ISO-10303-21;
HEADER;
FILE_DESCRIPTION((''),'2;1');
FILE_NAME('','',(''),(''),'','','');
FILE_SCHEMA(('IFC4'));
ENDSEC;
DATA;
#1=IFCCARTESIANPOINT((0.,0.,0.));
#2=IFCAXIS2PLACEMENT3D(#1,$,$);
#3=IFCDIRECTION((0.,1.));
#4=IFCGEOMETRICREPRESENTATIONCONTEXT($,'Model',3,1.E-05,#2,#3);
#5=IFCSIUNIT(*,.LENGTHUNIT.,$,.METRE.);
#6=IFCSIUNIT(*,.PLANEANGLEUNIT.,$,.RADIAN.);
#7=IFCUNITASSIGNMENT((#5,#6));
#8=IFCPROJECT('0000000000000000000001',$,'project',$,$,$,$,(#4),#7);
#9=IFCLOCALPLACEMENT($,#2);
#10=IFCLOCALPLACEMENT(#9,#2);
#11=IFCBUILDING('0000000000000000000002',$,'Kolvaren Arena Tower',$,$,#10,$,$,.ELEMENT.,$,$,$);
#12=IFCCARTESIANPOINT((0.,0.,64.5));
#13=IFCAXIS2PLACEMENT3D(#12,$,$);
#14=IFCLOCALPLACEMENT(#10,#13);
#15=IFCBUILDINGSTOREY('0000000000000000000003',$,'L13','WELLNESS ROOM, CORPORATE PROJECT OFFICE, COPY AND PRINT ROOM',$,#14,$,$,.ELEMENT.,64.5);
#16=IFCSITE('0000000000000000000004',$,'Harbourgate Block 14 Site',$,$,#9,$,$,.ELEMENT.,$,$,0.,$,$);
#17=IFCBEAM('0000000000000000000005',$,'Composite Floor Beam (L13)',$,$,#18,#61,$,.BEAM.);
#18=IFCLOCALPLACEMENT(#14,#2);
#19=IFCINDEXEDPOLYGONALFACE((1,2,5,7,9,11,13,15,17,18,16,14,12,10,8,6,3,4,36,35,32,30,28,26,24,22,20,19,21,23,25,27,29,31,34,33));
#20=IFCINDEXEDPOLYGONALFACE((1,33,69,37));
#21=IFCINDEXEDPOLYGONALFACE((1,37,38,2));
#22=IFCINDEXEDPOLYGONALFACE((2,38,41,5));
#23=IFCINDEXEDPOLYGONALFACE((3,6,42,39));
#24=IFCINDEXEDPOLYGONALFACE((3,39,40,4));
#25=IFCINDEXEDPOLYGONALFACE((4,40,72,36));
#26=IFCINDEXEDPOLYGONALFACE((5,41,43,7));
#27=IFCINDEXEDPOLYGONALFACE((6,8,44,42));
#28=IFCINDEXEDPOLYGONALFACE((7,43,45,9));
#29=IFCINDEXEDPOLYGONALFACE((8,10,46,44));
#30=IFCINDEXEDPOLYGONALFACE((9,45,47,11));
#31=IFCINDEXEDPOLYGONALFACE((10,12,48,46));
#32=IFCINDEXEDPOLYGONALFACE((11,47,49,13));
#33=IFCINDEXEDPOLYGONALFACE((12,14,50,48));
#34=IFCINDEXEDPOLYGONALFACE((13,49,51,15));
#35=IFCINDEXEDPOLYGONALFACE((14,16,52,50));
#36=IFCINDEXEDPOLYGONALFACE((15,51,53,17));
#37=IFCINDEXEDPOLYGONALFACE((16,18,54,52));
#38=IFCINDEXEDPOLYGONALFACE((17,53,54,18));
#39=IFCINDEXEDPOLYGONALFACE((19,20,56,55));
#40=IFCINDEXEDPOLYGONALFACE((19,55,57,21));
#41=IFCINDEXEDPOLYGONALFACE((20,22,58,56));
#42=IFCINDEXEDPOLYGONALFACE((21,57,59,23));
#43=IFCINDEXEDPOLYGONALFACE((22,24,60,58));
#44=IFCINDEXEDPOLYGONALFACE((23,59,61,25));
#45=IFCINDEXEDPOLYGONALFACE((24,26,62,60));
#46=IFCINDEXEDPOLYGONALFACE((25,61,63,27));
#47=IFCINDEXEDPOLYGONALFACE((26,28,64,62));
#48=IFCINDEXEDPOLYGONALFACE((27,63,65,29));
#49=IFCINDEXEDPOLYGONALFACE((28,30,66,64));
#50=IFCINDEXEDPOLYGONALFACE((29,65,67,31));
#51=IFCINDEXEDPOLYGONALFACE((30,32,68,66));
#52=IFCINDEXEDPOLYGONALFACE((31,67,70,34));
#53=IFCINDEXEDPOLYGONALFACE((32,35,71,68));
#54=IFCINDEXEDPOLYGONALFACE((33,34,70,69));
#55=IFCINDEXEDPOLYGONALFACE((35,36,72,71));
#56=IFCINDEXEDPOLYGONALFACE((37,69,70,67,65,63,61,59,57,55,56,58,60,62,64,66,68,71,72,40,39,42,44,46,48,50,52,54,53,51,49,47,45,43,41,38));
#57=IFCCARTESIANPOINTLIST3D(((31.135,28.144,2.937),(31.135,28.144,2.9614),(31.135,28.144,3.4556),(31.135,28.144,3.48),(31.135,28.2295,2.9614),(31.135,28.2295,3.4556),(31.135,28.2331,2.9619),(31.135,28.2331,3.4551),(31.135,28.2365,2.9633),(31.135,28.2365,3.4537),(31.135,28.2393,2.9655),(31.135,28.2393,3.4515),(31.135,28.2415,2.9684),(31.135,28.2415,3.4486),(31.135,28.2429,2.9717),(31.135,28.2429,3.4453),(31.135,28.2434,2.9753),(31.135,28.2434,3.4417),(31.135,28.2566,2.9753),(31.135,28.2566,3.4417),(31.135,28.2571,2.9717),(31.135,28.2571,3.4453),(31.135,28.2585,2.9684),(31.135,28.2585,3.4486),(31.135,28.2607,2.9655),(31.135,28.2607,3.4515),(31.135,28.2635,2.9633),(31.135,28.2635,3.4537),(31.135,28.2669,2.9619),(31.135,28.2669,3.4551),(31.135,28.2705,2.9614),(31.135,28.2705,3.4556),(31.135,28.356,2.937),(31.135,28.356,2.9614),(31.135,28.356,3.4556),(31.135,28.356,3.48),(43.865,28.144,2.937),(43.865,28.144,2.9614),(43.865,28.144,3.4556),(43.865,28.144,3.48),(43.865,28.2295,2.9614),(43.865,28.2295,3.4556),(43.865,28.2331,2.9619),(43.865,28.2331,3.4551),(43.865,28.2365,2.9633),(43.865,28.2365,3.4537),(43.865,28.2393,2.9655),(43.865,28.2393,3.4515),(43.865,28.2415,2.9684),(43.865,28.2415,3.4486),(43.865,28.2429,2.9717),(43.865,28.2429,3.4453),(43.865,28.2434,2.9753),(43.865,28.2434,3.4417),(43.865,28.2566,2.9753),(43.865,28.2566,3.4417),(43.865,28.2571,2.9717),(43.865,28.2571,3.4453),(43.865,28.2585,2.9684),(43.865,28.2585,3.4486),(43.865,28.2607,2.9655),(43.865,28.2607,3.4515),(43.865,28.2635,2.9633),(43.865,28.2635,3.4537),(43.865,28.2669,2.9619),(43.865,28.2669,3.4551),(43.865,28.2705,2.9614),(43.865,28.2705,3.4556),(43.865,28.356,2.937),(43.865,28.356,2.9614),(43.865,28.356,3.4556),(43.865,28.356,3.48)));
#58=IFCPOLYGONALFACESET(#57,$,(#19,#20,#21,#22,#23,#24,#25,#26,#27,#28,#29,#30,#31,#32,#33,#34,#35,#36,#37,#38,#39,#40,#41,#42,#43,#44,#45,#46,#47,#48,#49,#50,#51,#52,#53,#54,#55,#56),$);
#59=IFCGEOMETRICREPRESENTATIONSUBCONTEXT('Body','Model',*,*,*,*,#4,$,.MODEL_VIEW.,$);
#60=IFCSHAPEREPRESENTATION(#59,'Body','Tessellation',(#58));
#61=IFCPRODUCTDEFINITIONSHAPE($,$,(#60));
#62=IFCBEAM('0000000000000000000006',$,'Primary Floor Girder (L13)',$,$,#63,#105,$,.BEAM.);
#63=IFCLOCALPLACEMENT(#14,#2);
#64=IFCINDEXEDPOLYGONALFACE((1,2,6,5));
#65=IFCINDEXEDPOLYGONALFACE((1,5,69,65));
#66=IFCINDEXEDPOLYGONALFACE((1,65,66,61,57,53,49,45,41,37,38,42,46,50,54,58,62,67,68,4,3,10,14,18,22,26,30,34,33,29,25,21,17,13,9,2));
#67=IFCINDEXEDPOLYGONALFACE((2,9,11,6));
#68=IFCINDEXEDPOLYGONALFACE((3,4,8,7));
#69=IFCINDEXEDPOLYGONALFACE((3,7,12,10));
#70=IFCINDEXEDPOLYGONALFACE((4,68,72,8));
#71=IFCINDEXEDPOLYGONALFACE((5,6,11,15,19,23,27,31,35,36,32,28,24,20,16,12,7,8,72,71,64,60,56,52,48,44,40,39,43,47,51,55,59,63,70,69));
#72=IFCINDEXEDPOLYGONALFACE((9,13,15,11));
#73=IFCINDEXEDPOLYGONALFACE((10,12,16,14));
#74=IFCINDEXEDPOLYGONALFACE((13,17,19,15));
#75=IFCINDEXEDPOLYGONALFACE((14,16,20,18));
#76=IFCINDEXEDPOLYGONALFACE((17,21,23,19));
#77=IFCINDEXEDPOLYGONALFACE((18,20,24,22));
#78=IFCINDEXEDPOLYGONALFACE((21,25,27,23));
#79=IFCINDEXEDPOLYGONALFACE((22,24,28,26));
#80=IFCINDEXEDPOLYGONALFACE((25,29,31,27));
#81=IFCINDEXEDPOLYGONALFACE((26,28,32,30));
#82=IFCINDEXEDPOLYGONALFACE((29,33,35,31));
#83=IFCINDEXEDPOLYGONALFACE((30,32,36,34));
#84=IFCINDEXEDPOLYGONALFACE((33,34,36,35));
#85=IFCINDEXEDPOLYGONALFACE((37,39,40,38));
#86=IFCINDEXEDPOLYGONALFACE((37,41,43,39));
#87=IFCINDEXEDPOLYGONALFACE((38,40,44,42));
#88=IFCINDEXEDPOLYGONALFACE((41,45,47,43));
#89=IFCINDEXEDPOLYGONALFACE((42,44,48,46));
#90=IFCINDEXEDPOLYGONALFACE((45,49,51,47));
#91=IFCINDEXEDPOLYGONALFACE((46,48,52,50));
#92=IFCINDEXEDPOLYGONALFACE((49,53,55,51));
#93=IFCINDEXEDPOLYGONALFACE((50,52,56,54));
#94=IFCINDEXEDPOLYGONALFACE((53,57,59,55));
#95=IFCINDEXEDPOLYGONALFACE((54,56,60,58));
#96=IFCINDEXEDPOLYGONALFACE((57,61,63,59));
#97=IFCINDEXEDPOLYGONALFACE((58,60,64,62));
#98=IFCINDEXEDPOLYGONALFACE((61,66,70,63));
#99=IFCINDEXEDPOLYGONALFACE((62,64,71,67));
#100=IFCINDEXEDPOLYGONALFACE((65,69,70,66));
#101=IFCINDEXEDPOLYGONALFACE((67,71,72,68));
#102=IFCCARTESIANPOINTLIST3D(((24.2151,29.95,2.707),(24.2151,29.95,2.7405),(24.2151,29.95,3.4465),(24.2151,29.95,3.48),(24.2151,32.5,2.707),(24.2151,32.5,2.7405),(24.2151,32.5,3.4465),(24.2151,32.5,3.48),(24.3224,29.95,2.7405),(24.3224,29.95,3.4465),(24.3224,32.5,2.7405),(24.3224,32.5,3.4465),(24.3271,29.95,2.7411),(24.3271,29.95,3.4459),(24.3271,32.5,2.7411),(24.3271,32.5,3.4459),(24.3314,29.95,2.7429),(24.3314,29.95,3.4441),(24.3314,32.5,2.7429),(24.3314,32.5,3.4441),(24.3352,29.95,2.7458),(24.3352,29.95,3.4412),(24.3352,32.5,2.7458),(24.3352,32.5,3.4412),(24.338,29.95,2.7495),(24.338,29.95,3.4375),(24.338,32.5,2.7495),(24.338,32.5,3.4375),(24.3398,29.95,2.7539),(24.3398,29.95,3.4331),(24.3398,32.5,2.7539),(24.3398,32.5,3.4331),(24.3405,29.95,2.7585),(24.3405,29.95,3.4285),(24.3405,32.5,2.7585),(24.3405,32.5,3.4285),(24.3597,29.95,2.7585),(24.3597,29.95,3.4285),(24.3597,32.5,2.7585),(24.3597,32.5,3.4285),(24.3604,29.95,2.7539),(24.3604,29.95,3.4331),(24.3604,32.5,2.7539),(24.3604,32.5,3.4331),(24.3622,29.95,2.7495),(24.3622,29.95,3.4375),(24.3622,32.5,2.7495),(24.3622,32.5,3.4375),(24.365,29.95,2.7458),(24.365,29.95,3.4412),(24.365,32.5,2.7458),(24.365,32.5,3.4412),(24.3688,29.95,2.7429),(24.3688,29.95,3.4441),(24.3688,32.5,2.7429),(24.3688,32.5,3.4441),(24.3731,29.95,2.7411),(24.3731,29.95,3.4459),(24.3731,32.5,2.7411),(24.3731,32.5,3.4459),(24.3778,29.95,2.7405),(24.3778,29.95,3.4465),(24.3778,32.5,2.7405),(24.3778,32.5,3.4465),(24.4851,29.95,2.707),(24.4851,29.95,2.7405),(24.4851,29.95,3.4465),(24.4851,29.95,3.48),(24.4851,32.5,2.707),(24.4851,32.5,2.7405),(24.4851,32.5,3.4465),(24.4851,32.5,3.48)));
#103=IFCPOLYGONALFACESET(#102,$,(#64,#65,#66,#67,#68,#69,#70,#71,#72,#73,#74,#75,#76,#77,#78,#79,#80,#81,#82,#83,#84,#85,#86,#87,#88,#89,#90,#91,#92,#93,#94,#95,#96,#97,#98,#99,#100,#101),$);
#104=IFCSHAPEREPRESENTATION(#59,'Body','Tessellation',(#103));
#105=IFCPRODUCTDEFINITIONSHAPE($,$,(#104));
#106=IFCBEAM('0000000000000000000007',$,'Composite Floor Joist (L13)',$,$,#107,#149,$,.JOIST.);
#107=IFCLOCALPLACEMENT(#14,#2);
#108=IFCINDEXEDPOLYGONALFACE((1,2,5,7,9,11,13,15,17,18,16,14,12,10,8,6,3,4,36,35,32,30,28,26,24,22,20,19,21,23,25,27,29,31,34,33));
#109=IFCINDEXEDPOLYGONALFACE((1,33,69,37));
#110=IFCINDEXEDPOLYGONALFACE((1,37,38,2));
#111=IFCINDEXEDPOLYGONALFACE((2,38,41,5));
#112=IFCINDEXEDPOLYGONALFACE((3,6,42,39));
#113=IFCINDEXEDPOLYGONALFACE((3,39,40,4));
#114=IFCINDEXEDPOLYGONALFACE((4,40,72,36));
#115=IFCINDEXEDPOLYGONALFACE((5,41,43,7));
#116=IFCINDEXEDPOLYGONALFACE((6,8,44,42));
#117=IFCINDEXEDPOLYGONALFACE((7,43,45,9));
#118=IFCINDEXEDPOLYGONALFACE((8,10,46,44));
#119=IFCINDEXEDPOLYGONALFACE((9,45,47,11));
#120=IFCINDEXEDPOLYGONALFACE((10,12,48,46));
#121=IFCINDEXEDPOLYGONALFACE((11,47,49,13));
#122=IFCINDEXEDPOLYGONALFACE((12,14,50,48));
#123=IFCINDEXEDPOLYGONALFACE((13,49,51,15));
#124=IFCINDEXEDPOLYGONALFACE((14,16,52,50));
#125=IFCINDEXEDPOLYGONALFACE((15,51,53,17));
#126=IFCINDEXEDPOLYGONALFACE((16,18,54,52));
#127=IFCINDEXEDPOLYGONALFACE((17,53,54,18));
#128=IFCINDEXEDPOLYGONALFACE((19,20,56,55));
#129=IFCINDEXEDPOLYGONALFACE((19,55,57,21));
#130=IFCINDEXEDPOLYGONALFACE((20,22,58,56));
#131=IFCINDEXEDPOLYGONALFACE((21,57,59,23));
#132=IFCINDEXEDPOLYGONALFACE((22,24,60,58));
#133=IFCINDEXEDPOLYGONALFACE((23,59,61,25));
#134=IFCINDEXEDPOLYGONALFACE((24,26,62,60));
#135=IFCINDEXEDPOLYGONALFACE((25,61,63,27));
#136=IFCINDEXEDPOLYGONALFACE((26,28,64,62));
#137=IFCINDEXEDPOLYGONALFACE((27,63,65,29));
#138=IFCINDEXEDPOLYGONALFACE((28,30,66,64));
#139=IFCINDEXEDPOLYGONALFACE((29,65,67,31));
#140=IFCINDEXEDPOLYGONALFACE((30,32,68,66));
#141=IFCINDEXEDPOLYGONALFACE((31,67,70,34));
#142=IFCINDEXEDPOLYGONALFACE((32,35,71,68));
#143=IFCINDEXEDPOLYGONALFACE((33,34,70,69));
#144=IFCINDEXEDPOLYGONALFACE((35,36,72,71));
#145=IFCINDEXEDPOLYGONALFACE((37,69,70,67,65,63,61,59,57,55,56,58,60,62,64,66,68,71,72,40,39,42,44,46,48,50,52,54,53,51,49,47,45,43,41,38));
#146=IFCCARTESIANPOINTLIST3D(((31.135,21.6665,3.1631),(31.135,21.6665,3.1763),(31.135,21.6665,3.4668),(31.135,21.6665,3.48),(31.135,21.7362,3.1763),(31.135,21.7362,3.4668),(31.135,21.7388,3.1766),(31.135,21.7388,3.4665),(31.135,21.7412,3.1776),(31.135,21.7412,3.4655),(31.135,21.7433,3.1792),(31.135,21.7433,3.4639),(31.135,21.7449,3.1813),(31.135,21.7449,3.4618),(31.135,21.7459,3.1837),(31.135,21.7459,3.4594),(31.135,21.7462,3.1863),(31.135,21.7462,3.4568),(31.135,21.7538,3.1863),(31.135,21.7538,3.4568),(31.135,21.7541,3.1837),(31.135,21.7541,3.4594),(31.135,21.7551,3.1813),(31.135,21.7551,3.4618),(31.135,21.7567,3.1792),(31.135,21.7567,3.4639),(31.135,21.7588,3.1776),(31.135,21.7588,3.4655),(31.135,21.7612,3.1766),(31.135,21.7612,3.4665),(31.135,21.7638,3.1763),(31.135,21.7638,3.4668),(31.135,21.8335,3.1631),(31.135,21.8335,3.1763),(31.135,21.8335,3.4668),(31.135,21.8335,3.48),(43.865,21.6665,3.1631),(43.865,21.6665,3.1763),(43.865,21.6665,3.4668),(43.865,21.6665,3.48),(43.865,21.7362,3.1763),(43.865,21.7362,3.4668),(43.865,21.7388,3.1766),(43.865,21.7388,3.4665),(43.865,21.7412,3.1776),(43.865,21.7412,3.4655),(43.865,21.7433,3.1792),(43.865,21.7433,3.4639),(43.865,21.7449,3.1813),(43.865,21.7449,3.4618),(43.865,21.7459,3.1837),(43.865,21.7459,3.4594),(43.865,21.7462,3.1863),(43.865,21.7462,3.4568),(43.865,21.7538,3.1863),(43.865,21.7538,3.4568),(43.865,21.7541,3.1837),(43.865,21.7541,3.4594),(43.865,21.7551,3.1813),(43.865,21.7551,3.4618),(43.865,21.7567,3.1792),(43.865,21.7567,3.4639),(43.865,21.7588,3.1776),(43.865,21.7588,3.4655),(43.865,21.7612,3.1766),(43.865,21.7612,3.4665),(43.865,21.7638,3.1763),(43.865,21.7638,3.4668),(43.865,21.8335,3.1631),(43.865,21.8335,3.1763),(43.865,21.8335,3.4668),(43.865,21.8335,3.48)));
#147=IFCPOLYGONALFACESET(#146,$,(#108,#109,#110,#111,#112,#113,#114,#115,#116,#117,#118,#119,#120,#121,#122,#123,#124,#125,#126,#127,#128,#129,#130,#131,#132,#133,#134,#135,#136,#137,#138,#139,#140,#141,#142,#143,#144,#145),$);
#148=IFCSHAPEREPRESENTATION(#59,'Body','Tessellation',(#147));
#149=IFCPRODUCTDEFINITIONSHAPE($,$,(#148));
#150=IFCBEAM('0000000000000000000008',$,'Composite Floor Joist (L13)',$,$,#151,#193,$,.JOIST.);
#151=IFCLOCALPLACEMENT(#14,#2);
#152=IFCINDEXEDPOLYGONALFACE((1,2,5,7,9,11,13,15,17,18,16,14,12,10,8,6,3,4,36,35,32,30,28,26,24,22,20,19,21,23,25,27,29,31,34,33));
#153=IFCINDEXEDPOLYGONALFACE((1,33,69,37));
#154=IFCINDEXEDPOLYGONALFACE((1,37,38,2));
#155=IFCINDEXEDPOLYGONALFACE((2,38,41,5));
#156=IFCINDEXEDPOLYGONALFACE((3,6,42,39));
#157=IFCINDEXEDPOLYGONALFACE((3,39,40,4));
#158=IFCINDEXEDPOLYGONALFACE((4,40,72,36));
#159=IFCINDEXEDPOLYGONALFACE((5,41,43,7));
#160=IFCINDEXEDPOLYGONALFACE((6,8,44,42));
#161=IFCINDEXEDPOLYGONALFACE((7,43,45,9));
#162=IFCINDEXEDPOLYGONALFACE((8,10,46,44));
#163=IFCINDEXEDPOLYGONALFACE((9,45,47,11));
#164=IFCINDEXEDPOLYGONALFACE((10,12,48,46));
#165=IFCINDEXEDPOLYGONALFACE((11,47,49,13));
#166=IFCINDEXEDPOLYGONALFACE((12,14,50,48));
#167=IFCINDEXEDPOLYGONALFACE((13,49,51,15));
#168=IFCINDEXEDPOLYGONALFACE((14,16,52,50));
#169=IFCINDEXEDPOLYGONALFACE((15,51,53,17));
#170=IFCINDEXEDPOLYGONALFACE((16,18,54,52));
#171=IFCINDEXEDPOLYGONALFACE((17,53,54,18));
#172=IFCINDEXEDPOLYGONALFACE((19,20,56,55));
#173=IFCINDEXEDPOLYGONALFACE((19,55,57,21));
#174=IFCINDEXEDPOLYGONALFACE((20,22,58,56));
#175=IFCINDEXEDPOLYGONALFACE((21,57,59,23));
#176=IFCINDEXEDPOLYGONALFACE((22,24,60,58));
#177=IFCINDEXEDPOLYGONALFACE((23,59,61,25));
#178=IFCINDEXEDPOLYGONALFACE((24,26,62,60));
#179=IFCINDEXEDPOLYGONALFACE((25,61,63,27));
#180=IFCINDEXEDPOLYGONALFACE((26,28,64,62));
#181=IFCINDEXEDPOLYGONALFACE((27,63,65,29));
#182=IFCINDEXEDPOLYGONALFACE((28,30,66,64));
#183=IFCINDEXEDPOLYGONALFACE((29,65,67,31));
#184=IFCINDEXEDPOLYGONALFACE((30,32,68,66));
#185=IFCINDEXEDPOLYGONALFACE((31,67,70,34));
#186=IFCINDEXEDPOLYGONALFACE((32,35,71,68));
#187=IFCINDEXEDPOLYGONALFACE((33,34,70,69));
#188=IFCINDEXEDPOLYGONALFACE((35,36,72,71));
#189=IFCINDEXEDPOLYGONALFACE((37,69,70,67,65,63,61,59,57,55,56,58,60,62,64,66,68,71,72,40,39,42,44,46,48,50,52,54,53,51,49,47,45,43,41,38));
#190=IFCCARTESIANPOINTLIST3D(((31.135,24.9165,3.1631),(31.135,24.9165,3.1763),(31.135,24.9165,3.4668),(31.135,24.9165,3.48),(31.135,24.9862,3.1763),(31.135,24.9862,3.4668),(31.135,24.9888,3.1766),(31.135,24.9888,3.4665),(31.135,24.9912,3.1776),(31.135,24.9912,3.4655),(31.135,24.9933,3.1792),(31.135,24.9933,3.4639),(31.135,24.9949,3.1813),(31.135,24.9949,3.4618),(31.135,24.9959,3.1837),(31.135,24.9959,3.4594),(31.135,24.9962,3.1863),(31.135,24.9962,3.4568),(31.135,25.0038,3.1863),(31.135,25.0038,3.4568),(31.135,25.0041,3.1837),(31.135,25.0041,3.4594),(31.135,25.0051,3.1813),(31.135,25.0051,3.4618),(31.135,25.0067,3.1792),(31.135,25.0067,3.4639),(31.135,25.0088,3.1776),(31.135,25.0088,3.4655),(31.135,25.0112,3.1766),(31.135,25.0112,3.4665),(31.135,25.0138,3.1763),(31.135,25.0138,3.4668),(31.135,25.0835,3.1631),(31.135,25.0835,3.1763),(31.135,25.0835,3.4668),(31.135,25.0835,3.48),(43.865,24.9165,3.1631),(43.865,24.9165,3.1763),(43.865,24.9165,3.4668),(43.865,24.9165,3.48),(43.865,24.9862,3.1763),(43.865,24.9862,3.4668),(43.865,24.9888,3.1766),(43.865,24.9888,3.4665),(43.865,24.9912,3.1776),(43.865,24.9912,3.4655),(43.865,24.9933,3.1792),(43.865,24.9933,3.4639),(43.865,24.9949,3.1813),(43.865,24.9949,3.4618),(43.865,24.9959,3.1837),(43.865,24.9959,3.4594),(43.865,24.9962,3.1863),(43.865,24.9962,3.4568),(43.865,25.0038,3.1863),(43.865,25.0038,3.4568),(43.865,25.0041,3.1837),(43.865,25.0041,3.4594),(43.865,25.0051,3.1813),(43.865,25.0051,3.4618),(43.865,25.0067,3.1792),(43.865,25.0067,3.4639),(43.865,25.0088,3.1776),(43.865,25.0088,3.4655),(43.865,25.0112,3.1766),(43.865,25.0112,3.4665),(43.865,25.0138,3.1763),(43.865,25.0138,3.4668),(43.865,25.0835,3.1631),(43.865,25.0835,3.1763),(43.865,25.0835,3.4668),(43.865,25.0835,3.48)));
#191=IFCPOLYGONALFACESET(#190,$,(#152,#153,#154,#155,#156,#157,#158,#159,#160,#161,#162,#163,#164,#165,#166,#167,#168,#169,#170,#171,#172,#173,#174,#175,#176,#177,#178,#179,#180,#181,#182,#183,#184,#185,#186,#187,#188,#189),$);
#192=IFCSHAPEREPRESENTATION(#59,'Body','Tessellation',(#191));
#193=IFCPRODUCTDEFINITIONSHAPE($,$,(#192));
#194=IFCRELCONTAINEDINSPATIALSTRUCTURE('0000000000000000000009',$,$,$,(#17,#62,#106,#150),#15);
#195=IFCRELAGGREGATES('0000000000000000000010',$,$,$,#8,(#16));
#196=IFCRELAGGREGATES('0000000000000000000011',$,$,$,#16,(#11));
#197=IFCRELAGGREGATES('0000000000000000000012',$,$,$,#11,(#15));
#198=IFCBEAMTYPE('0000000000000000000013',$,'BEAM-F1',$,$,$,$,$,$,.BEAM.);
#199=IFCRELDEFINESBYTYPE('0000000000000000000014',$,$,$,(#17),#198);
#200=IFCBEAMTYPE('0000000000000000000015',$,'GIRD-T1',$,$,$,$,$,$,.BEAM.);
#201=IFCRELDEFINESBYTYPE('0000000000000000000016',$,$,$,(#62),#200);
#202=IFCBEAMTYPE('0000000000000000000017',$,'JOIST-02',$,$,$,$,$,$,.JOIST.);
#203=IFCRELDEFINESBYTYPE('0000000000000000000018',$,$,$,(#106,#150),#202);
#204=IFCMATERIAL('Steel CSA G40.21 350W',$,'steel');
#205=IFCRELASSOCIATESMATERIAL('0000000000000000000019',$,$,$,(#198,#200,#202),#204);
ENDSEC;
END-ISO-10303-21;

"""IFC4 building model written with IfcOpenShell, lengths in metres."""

from ifc_helpers import new_model, si_unit, direction, frame, origin, origin_2d, place, context, subcontext, project, spatial, i_section, extrude, material, material_profile, profile_set, type_object, element, save


model = new_model("IFC4")

# Units and contexts
model_context = context("Model", 3, precision=1e-05, world=origin(), true_north=direction((0.0, 1.0)))
body_context = subcontext(model_context, "Body", "Model", "MODEL_VIEW")
ifc_project = project(units=[si_unit("LENGTHUNIT", "METRE"), si_unit("PLANEANGLEUNIT", "RADIAN")], contexts=[model_context])

# Site, building, storey
site_placement = place(None, origin())
site = spatial("IfcSite", under=ifc_project, at=site_placement, Name="Harbourgate Block 14 Site", CompositionType="ELEMENT", RefElevation=0.0)
building_placement = place(site_placement, origin())
building = spatial("IfcBuilding", under=site, at=building_placement, Name="Kolvaren Arena Tower", CompositionType="ELEMENT")
storey_placement = place(building_placement, frame((0.0, 0.0, 64.5)))
storey = spatial("IfcBuildingStorey", under=building, at=storey_placement, Name="L13", Description="WELLNESS ROOM, CORPORATE PROJECT OFFICE, COPY AND PRINT ROOM", CompositionType="ELEMENT", Elevation=64.5)

# Beams
ifc_material_1 = material(Name="Steel CSA G40.21 350W", Category="steel")
ifc_material_profile_1 = material_profile(ifc_material_1, i_section(OverallWidth=0.2119, OverallDepth=0.543, WebThickness=0.0132, FlangeThickness=0.0244, FilletRadius=0.0139, at=origin_2d()), Name="W530x150")
ifc_profile_set_1 = profile_set([ifc_material_profile_1], Name="Steel CSA G40.21 350W")
beam_type_1 = type_object("IfcBeamType", Name="BEAM-F1", PredefinedType="BEAM", material=ifc_profile_set_1)
beam_1_placement = place(storey_placement, frame((31.135, 28.25, 3.2085), z_axis=(1.0, 0.0, 0.0), x_axis=(0.0, 1.0, 0.0)))
element("IfcBeam", 1, at=beam_1_placement, inside=storey, type_object=beam_type_1, Name="Composite Floor Beam (L13)", PredefinedType="BEAM", context=body_context, shape_type="SweptSolid", body=[
    extrude(i_section(OverallWidth=0.2119, OverallDepth=0.543, WebThickness=0.0132, FlangeThickness=0.0244, FilletRadius=0.0139, at=origin_2d()), origin(), (0.0, 0.0, 1.0), 12.73),
])
ifc_material_profile_2 = material_profile(ifc_material_1, i_section(OverallWidth=0.27, OverallDepth=0.7729, WebThickness=0.0193, FlangeThickness=0.0334, FilletRadius=0.0181, at=origin_2d()), Name="W760x257")
ifc_profile_set_2 = profile_set([ifc_material_profile_2], Name="Steel CSA G40.21 350W")
beam_type_2 = type_object("IfcBeamType", Name="GIRD-T1", PredefinedType="BEAM", material=ifc_profile_set_2)
beam_2_placement = place(storey_placement, frame((24.3501, 29.95, 3.0935), z_axis=(0.0, 1.0, 0.0), x_axis=(-1.0, 0.0, 0.0)))
element("IfcBeam", 2, at=beam_2_placement, inside=storey, type_object=beam_type_2, Name="Primary Floor Girder (L13)", PredefinedType="BEAM", context=body_context, shape_type="SweptSolid", body=[
    extrude(i_section(OverallWidth=0.27, OverallDepth=0.7729, WebThickness=0.0193, FlangeThickness=0.0334, FilletRadius=0.0181, at=origin_2d()), origin(), (0.0, 0.0, 1.0), 2.55),
])
ifc_material_profile_3 = material_profile(ifc_material_1, i_section(OverallWidth=0.167, OverallDepth=0.3169, WebThickness=0.0076, FlangeThickness=0.0132, FilletRadius=0.01, at=origin_2d()), Name="W310x52")
ifc_profile_set_3 = profile_set([ifc_material_profile_3], Name="Steel CSA G40.21 350W")
beam_type_3 = type_object("IfcBeamType", Name="JOIST-02", PredefinedType="JOIST", material=ifc_profile_set_3)
for number, where, z_axis, x_axis, name in (
    (3, (31.135, 21.75, 3.3215), (1.0, 0.0, 0.0), (0.0, 1.0, 0.0), "Composite Floor Joist (L13)"),
    (4, (31.135, 25.0, 3.3215), (1.0, 0.0, 0.0), (0.0, 1.0, 0.0), "Composite Floor Joist (L13)"),
):
    element("IfcBeam", number, at=place(storey_placement, frame(where, z_axis=z_axis, x_axis=x_axis)), inside=storey, type_object=beam_type_3, Name=name, PredefinedType="JOIST", context=body_context, shape_type="SweptSolid", body=[
        extrude(i_section(OverallWidth=0.167, OverallDepth=0.3169, WebThickness=0.0076, FlangeThickness=0.0132, FilletRadius=0.01, at=origin_2d()), origin(), (0.0, 0.0, 1.0), 12.73),
    ])

save(model, "model.ifc")
